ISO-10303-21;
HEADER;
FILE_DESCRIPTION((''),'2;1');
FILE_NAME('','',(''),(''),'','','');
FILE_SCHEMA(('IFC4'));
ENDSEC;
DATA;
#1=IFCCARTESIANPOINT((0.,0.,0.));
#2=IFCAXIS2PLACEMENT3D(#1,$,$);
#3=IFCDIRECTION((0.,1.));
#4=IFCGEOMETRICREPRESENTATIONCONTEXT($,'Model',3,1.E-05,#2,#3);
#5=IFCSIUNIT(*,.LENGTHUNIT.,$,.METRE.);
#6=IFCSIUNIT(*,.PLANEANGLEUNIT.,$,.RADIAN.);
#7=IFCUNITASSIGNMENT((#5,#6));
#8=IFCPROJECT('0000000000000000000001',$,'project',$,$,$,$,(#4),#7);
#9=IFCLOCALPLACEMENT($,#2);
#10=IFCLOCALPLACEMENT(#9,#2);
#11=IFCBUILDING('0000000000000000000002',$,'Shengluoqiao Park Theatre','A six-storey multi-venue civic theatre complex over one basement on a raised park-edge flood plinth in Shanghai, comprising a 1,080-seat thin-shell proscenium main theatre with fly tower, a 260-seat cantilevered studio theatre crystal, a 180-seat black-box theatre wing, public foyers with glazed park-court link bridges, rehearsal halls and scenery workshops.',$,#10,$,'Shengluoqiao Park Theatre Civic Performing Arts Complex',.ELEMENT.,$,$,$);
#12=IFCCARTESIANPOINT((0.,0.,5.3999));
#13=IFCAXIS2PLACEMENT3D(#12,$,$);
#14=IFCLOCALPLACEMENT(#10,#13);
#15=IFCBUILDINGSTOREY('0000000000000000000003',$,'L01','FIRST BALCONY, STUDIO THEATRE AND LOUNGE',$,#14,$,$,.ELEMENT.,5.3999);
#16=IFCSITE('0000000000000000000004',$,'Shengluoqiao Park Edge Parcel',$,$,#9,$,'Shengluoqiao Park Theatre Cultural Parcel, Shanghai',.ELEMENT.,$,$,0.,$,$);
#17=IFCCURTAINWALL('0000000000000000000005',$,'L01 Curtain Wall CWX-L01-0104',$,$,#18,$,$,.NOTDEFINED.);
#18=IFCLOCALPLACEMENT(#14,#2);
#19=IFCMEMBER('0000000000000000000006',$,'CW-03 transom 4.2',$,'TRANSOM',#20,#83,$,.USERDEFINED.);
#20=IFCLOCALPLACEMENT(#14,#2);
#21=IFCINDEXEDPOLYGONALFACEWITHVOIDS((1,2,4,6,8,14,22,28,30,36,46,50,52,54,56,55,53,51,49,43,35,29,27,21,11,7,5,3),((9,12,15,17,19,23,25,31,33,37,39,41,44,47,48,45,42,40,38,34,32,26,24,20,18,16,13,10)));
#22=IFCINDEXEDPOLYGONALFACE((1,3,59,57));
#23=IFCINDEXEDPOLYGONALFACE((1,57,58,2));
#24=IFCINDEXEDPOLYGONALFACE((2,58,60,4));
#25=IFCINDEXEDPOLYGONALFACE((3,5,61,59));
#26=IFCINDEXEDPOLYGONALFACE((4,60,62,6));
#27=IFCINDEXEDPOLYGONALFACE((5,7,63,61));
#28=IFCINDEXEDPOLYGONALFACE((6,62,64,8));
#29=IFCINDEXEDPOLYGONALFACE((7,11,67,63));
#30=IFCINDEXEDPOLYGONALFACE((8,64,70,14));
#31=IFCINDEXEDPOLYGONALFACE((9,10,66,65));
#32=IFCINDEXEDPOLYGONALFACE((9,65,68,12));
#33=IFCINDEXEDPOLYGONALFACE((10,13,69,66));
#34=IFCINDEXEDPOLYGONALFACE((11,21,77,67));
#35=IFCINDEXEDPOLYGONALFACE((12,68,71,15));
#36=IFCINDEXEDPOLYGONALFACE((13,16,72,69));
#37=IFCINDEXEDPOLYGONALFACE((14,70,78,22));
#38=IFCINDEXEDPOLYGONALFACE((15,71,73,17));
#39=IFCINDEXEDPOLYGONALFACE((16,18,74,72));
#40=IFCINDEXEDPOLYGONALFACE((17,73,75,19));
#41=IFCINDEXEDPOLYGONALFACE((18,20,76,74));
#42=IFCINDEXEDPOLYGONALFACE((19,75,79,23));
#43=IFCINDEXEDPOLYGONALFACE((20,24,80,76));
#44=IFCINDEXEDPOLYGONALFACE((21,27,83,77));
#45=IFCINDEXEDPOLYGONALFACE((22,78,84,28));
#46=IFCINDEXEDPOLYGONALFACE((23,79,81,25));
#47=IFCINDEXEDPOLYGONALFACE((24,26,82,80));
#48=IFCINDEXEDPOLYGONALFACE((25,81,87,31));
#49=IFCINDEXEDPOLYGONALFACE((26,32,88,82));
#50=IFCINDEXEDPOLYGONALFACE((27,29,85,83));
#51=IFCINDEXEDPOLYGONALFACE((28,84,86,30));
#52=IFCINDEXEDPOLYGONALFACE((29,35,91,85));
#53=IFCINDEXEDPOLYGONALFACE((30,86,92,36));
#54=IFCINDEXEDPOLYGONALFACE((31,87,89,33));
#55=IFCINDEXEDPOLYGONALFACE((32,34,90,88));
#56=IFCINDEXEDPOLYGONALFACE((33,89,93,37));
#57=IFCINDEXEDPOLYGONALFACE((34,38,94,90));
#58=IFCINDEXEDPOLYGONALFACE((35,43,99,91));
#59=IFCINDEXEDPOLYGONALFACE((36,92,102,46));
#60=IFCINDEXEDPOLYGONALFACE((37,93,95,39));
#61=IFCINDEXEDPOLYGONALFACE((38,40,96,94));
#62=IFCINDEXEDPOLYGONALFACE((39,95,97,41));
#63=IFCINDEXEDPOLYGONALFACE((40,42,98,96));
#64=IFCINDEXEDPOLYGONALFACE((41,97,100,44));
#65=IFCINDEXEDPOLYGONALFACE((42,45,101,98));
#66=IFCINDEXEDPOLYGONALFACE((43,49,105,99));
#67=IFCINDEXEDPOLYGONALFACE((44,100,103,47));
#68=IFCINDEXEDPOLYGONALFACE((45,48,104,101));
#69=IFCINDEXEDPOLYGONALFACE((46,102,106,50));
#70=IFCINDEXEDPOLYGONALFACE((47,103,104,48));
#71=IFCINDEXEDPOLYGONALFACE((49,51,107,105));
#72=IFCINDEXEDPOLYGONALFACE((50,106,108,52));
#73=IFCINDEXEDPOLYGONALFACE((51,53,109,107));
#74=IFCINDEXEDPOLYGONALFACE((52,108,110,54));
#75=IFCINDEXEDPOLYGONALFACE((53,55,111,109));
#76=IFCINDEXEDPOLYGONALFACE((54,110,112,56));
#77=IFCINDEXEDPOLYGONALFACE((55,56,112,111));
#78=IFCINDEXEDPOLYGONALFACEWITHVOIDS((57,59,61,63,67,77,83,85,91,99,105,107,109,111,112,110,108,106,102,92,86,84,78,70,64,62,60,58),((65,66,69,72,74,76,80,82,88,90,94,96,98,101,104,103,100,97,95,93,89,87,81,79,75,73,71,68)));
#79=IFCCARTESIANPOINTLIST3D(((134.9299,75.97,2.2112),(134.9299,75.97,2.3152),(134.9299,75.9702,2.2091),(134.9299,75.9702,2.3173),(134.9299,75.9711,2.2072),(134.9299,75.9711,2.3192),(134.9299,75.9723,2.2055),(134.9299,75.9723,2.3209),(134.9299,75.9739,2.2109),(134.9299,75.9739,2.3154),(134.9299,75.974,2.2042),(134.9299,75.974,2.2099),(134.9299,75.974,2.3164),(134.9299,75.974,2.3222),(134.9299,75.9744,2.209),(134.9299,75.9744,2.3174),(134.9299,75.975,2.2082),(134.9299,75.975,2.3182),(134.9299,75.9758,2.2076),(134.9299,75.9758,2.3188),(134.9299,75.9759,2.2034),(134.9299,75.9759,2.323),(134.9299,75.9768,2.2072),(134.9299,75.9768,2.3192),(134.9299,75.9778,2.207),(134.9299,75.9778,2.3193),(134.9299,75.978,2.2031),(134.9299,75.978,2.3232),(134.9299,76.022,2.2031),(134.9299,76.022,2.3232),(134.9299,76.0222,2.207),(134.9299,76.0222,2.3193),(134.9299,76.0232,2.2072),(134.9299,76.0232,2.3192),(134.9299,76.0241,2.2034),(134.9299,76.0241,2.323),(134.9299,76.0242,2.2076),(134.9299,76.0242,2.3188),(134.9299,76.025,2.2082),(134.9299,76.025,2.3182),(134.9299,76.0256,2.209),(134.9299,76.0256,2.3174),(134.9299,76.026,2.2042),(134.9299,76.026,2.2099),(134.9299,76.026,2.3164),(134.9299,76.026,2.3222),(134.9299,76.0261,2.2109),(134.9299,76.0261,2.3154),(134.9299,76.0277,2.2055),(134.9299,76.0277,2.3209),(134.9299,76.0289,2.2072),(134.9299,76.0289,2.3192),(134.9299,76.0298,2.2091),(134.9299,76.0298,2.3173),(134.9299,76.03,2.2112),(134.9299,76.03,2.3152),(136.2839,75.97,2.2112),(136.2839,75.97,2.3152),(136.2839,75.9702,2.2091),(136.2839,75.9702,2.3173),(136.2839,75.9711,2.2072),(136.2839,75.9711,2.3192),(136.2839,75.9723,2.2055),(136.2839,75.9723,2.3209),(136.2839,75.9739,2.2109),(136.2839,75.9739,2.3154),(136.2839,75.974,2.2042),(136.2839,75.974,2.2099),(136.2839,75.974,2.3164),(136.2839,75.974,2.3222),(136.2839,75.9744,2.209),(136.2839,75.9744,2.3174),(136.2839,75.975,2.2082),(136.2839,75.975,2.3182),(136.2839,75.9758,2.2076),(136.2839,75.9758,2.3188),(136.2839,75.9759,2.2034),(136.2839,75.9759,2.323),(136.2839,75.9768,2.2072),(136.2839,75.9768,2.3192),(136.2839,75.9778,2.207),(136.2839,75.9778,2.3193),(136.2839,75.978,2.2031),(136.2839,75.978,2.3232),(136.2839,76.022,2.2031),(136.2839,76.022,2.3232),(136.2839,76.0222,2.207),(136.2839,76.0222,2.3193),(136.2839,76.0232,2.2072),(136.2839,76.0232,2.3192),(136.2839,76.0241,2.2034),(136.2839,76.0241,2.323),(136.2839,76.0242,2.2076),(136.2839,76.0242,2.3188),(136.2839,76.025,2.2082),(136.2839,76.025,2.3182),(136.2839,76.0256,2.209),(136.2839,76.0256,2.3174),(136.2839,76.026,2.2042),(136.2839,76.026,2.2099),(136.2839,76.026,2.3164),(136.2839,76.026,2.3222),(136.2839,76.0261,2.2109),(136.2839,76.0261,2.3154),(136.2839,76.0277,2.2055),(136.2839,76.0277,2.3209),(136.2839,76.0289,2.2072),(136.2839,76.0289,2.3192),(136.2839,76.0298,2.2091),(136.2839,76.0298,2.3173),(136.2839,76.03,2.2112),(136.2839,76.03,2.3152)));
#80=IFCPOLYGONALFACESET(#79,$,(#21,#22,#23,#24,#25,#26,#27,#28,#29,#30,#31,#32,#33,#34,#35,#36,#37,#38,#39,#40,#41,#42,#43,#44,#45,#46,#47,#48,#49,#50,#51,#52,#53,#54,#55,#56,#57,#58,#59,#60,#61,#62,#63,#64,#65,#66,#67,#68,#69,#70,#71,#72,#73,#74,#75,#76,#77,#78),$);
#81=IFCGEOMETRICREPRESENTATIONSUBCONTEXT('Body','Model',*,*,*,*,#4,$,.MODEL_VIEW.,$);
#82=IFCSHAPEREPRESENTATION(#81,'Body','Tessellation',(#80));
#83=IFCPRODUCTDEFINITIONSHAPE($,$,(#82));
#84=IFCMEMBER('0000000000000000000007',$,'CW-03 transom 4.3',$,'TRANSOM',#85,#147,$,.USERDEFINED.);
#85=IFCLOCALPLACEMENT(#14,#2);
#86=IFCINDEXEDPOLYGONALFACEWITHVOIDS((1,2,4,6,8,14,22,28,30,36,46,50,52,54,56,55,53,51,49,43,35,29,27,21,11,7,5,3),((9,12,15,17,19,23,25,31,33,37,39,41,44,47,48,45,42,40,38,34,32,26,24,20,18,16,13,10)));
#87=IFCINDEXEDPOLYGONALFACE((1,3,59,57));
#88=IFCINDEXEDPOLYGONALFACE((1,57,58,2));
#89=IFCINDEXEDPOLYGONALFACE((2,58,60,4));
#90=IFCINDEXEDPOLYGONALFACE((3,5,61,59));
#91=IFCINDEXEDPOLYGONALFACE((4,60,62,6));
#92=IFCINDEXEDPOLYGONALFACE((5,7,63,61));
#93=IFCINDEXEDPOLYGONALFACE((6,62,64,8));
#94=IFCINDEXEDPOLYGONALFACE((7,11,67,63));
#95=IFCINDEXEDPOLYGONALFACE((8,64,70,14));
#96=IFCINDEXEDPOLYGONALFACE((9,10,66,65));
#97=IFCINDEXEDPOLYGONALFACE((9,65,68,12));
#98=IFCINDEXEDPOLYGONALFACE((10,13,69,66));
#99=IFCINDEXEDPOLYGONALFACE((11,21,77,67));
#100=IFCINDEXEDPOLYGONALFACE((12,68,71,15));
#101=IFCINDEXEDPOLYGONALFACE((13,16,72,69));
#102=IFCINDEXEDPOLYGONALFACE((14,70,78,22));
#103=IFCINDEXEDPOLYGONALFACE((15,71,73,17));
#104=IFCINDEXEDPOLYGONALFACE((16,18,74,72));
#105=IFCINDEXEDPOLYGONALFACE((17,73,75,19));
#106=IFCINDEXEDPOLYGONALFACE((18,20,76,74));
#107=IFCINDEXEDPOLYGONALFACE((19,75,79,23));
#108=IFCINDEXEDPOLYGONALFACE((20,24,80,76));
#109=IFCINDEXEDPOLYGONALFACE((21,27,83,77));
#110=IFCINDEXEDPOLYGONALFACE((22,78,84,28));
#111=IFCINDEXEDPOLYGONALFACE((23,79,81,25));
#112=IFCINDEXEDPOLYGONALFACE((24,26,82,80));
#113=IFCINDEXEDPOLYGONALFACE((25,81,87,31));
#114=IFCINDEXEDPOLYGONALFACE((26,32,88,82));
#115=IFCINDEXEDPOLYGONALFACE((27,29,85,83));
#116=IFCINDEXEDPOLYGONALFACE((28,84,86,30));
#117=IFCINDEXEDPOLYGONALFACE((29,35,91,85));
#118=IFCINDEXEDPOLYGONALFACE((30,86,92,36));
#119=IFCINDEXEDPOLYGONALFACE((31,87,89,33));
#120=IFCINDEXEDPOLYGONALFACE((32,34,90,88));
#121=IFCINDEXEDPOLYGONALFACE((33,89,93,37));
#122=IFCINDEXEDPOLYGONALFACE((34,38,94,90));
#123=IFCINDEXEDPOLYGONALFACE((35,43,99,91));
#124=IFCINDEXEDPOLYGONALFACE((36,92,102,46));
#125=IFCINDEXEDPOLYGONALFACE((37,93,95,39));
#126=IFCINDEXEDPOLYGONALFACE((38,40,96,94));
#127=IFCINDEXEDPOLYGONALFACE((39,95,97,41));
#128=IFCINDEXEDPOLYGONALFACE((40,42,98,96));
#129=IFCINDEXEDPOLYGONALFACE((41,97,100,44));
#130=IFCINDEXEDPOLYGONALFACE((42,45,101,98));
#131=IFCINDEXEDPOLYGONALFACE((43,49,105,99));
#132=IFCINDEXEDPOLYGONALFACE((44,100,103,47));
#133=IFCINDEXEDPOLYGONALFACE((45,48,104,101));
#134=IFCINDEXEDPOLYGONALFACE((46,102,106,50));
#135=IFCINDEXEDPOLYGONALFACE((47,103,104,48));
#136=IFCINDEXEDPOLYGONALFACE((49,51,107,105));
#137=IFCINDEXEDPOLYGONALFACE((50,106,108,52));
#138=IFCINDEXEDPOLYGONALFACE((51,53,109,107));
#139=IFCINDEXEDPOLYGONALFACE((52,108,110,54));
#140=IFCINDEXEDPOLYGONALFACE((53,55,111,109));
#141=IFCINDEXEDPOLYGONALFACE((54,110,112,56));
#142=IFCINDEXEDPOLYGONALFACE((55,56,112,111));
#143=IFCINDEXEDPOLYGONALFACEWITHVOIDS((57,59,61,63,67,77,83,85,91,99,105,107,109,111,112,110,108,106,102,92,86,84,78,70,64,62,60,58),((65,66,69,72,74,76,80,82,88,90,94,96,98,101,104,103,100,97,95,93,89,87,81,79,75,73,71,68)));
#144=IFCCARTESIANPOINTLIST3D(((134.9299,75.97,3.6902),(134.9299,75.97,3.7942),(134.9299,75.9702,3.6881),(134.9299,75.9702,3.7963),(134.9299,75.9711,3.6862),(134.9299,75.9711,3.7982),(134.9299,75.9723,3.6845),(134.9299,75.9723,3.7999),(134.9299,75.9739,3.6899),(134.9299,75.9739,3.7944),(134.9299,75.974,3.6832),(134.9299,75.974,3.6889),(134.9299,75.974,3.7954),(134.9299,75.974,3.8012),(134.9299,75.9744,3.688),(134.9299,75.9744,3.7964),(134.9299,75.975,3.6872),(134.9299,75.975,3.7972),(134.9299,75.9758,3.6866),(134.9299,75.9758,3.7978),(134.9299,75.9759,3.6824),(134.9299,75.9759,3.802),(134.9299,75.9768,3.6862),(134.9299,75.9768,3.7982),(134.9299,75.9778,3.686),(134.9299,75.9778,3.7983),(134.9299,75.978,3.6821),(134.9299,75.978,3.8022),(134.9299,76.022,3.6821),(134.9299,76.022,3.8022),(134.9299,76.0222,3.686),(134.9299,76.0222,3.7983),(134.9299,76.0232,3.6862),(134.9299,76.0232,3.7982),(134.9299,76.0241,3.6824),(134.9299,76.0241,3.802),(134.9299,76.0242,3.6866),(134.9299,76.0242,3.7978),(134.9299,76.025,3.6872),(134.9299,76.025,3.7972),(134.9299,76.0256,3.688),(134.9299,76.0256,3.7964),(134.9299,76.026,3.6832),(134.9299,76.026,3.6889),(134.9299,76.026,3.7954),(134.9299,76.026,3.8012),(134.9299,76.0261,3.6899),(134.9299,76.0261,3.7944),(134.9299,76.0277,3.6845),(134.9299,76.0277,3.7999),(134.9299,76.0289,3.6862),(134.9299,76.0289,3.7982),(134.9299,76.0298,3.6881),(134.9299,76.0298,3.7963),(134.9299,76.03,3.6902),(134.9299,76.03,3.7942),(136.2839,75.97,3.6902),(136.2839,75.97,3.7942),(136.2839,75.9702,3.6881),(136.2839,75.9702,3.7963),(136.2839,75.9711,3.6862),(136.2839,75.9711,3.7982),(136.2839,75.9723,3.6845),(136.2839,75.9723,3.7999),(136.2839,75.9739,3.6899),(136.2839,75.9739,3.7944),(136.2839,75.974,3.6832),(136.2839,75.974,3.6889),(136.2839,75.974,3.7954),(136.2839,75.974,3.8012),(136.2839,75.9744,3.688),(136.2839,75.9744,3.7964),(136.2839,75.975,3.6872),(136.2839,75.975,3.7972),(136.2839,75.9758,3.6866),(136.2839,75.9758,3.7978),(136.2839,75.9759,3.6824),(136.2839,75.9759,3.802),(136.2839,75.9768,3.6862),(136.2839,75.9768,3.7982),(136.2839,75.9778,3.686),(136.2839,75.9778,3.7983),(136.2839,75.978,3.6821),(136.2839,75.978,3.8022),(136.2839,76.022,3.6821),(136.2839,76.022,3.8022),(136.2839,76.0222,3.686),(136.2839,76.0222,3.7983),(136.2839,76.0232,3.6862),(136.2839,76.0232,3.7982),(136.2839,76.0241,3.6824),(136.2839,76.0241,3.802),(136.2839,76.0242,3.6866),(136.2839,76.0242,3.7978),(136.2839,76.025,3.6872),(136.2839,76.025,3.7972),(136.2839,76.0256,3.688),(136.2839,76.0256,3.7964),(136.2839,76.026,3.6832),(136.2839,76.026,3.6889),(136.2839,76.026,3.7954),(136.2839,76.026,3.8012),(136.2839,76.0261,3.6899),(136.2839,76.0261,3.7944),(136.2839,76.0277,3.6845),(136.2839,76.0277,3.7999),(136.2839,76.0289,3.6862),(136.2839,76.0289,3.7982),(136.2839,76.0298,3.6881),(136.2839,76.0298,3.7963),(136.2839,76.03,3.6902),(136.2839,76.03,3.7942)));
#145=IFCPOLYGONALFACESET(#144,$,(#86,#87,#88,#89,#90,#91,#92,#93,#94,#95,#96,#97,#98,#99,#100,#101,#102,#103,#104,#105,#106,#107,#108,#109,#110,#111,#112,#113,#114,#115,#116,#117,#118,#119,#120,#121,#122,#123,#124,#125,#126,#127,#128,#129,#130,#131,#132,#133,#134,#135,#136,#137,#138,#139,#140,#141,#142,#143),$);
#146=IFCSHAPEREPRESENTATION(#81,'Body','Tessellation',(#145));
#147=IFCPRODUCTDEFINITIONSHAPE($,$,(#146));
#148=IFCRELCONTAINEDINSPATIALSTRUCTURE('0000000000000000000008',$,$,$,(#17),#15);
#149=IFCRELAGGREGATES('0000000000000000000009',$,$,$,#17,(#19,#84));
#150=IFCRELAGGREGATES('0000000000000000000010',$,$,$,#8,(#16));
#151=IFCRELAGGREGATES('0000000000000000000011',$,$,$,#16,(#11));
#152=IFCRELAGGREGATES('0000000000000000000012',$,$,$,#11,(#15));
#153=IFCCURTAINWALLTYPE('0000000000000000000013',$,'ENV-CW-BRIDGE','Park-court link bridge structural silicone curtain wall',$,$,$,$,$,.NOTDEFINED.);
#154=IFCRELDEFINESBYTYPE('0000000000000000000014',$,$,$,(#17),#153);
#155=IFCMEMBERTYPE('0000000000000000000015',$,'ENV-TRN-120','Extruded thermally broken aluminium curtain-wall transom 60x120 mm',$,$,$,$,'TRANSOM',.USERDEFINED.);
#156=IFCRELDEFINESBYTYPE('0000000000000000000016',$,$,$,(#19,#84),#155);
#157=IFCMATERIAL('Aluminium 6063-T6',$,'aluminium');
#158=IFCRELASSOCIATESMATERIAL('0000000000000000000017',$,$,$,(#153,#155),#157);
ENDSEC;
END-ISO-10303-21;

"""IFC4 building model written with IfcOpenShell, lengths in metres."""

from ifc_helpers import new_model, si_unit, direction, frame, origin, origin_2d, place, context, subcontext, project, spatial, hollow_rectangle, extrude, material, material_profile, profile_set, type_object, element, aggregate, save


model = new_model("IFC4")

# Units and contexts
model_context = context("Model", 3, precision=1e-05, world=origin(), true_north=direction((0.0, 1.0)))
body_context = subcontext(model_context, "Body", "Model", "MODEL_VIEW")
ifc_project = project(units=[si_unit("LENGTHUNIT", "METRE"), si_unit("PLANEANGLEUNIT", "RADIAN")], contexts=[model_context])

# Site, building, storey
site_placement = place(None, origin())
site = spatial("IfcSite", under=ifc_project, at=site_placement, Name="Shengluoqiao Park Edge Parcel", LongName="Shengluoqiao Park Theatre Cultural Parcel, Shanghai", CompositionType="ELEMENT", RefElevation=0.0)
building_placement = place(site_placement, origin())
building = spatial("IfcBuilding", under=site, at=building_placement, Name="Shengluoqiao Park Theatre", Description="A six-storey multi-venue civic theatre complex over one basement on a raised park-edge flood plinth in Shanghai, comprising a 1,080-seat thin-shell proscenium main theatre with fly tower, a 260-seat cantilevered studio theatre crystal, a 180-seat black-box theatre wing, public foyers with glazed park-court link bridges, rehearsal halls and scenery workshops.", LongName="Shengluoqiao Park Theatre Civic Performing Arts Complex", CompositionType="ELEMENT")
storey_placement = place(building_placement, frame((0.0, 0.0, 5.3999)))
storey = spatial("IfcBuildingStorey", under=building, at=storey_placement, Name="L01", Description="FIRST BALCONY, STUDIO THEATRE AND LOUNGE", CompositionType="ELEMENT", Elevation=5.3999)

# Curtain wall, members
ifc_material_1 = material(Name="Aluminium 6063-T6", Category="aluminium")
curtain_wall_type = type_object("IfcCurtainWallType", Name="ENV-CW-BRIDGE", Description="Park-court link bridge structural silicone curtain wall", PredefinedType="NOTDEFINED", material=ifc_material_1)
curtain_wall_placement = place(storey_placement, origin())
curtain_wall = element("IfcCurtainWall", 1, at=curtain_wall_placement, inside=storey, type_object=curtain_wall_type, Name="L01 Curtain Wall CWX-L01-0104", PredefinedType="NOTDEFINED")
ifc_material_profile_1 = material_profile(ifc_material_1, hollow_rectangle(XDim=0.0601, YDim=0.1201, WallThickness=0.0039, InnerFilletRadius=0.0039, OuterFilletRadius=0.0081, at=origin_2d()), Name="ALU TRANSOM 120x60x4")
ifc_profile_set_1 = profile_set([ifc_material_profile_1], Name="Aluminium 6063-T6")
member_type_1 = type_object("IfcMemberType", Name="ENV-TRN-120", Description="Extruded thermally broken aluminium curtain-wall transom 60x120 mm", ElementType="TRANSOM", PredefinedType="USERDEFINED", material=ifc_profile_set_1)
member_1_placement = place(storey_placement, frame((134.9299, 76.0, 2.2632), z_axis=(1.0, 0.0, 0.0), x_axis=(0.0, 1.0, 0.0)))
member_1 = element("IfcMember", 2, at=member_1_placement, type_object=member_type_1, Name="CW-03 transom 4.2", ObjectType="TRANSOM", PredefinedType="USERDEFINED", context=body_context, shape_type="SweptSolid", body=[
    extrude(hollow_rectangle(XDim=0.0601, YDim=0.1201, WallThickness=0.0039, InnerFilletRadius=0.0039, OuterFilletRadius=0.0081, at=origin_2d()), origin(), (0.0, 0.0, 1.0), 1.354),
])
member_2_placement = place(storey_placement, frame((134.9299, 76.0, 3.7422), z_axis=(1.0, 0.0, 0.0), x_axis=(0.0, 1.0, 0.0)))
member_2 = element("IfcMember", 3, at=member_2_placement, type_object=member_type_1, Name="CW-03 transom 4.3", ObjectType="TRANSOM", PredefinedType="USERDEFINED", context=body_context, shape_type="SweptSolid", body=[
    extrude(hollow_rectangle(XDim=0.0601, YDim=0.1201, WallThickness=0.0039, InnerFilletRadius=0.0039, OuterFilletRadius=0.0081, at=origin_2d()), origin(), (0.0, 0.0, 1.0), 1.354),
])

aggregate(curtain_wall, [member_1, member_2])

save(model, "model.ifc")
